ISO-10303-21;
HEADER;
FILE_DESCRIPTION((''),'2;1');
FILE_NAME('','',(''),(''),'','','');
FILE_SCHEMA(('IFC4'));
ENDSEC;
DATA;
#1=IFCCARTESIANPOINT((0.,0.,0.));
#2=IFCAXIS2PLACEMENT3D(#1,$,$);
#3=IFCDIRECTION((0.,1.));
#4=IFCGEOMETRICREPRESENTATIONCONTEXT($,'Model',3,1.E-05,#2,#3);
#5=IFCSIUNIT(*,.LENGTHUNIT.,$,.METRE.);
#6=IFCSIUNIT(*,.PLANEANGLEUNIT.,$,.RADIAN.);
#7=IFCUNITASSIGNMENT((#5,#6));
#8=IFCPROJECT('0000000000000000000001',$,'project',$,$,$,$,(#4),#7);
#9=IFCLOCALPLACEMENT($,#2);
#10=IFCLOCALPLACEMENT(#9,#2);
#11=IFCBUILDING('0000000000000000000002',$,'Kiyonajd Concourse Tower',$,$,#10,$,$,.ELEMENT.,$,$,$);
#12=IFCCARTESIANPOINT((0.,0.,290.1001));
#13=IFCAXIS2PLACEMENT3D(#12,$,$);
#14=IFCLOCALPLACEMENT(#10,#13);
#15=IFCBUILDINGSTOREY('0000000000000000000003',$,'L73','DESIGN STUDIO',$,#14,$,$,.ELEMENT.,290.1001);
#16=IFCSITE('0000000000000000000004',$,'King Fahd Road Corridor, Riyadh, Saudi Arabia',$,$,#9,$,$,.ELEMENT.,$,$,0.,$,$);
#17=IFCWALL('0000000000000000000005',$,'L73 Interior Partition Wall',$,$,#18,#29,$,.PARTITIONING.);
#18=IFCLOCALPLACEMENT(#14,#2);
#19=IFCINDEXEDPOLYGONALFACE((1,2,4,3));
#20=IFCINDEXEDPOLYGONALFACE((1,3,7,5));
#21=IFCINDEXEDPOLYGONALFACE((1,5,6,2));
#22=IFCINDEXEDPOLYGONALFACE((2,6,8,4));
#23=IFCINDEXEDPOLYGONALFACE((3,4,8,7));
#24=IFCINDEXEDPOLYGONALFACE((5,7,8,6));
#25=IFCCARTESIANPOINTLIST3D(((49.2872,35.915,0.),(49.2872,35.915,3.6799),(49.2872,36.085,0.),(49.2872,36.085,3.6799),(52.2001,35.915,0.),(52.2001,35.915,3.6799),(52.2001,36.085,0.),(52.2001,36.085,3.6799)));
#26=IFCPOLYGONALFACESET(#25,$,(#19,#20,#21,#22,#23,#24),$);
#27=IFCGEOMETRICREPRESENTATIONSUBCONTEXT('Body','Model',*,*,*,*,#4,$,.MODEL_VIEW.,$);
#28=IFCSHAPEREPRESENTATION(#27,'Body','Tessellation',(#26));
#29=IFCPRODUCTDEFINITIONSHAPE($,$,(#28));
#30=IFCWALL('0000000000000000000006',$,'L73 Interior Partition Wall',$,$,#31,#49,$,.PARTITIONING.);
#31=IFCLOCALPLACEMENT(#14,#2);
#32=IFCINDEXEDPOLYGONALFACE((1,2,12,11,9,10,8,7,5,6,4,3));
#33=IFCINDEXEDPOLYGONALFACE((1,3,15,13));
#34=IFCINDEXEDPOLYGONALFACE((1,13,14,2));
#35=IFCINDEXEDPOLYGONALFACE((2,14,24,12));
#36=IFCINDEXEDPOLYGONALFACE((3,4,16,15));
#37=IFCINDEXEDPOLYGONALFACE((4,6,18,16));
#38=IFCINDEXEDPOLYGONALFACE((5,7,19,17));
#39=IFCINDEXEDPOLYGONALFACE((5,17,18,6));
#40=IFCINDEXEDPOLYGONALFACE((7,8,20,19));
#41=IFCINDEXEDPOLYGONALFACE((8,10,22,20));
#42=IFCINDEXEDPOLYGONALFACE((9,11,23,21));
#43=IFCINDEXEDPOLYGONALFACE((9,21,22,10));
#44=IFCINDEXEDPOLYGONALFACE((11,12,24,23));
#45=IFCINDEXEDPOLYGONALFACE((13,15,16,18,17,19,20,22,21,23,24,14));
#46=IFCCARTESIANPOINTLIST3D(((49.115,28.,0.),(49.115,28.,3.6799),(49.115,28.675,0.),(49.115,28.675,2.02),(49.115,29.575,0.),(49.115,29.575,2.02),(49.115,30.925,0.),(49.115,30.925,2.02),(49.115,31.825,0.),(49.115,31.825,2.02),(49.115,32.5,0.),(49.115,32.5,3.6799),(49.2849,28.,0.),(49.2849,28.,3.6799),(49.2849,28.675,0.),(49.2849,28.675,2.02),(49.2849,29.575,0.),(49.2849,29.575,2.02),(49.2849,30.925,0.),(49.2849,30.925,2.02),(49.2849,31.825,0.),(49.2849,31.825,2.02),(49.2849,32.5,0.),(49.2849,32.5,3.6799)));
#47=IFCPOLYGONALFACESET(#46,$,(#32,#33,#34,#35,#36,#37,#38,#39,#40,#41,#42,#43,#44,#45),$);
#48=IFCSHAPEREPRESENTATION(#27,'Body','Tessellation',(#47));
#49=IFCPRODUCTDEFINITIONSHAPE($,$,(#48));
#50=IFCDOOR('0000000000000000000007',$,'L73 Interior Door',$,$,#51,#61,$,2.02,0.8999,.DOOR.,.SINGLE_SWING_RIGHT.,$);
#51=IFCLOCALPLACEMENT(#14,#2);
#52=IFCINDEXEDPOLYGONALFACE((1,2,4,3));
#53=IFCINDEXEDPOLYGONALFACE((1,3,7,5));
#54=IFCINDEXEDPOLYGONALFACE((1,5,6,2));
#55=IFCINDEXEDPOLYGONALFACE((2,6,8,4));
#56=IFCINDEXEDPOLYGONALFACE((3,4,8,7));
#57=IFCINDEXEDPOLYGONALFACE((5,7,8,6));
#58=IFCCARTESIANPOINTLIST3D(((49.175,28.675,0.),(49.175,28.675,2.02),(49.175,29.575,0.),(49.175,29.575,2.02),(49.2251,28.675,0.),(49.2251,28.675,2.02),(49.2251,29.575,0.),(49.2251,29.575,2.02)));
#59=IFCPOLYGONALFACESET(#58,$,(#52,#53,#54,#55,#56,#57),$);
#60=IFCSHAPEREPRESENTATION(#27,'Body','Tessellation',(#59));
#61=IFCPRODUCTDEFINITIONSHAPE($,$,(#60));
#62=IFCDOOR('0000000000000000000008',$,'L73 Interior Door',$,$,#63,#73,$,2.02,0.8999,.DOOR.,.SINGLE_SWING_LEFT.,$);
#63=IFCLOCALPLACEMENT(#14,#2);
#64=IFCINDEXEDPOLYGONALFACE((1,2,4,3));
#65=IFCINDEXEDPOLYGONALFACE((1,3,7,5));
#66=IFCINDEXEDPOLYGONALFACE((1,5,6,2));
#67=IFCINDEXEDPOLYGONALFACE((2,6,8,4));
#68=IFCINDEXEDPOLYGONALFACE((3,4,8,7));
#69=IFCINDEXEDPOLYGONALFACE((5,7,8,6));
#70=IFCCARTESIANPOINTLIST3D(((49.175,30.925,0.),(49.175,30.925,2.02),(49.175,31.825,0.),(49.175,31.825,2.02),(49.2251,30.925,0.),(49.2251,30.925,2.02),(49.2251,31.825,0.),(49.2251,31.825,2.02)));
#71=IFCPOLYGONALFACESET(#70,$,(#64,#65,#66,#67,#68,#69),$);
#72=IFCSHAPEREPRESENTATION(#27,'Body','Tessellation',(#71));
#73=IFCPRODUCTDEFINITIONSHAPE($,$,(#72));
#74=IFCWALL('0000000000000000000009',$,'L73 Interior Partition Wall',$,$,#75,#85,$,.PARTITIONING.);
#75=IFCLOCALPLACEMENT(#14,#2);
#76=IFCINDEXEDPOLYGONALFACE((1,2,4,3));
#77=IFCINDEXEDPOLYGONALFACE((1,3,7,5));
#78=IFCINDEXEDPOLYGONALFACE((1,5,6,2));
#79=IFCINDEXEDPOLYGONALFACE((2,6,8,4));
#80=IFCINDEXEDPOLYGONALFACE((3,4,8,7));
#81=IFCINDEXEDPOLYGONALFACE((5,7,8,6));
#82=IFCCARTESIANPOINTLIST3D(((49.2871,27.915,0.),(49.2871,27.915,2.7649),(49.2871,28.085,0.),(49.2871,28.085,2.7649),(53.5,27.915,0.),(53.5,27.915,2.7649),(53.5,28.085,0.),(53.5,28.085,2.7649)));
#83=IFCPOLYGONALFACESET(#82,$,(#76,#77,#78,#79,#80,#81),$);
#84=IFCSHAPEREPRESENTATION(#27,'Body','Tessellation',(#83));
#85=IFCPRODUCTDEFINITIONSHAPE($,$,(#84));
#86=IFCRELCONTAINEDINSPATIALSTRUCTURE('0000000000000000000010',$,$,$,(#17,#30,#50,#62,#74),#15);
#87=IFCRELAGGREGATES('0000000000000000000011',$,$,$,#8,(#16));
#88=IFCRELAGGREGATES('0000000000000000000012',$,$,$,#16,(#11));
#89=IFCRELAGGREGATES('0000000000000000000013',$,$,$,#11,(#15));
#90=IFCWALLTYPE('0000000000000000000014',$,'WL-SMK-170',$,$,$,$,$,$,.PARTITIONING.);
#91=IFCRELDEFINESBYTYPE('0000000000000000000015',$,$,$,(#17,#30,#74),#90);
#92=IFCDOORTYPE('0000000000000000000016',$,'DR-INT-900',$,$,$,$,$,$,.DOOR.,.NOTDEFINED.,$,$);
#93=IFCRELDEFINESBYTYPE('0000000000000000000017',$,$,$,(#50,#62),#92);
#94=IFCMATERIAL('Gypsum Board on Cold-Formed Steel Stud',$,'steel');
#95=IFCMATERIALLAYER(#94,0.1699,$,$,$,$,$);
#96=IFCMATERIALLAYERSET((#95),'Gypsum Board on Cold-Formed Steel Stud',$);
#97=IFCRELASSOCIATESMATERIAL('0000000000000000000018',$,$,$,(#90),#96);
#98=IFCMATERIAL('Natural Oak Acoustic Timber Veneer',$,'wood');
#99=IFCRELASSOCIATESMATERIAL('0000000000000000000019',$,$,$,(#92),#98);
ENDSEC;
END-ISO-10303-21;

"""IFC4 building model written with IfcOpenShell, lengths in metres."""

from ifc_helpers import new_model, si_unit, direction, frame, frame_2d, origin, place, context, subcontext, project, spatial, rectangle, extrude, material, layer, layer_set, type_object, element, fill, save


model = new_model("IFC4")

# Units and contexts
model_context = context("Model", 3, precision=1e-05, world=origin(), true_north=direction((0.0, 1.0)))
body_context = subcontext(model_context, "Body", "Model", "MODEL_VIEW")
ifc_project = project(units=[si_unit("LENGTHUNIT", "METRE"), si_unit("PLANEANGLEUNIT", "RADIAN")], contexts=[model_context])

# Site, building, storey
site_placement = place(None, origin())
site = spatial("IfcSite", under=ifc_project, at=site_placement, Name="King Fahd Road Corridor, Riyadh, Saudi Arabia", CompositionType="ELEMENT", RefElevation=0.0)
building_placement = place(site_placement, origin())
building = spatial("IfcBuilding", under=site, at=building_placement, Name="Kiyonajd Concourse Tower", CompositionType="ELEMENT")
storey_placement = place(building_placement, frame((0.0, 0.0, 290.1001)))
storey = spatial("IfcBuildingStorey", under=building, at=storey_placement, Name="L73", Description="DESIGN STUDIO", CompositionType="ELEMENT", Elevation=290.1001)

# Shared definitions
ifc_material_1 = material(Name="Gypsum Board on Cold-Formed Steel Stud", Category="steel")

# Shared definitions
ifc_layer_1 = layer(ifc_material_1, 0.1699)
ifc_layer_set_1 = layer_set([ifc_layer_1], Name="Gypsum Board on Cold-Formed Steel Stud")
wall_type_1 = type_object("IfcWallType", Name="WL-SMK-170", PredefinedType="PARTITIONING", material=ifc_layer_set_1)
ifc_material_2 = material(Name="Natural Oak Acoustic Timber Veneer", Category="wood")
door_type_1 = type_object("IfcDoorType", Name="DR-INT-900", OperationType="NOTDEFINED", PredefinedType="DOOR", material=ifc_material_2)

# Wall
for number, where, z_axis, x_axis, name in (
    (1, (49.2871, 36.0, 0.0), (0.0, 0.0, 1.0), (1.0, 0.0, 0.0), "L73 Interior Partition Wall"),
):
    element("IfcWall", number, at=place(storey_placement, frame(where, z_axis=z_axis, x_axis=x_axis)), inside=storey, type_object=wall_type_1, Name=name, PredefinedType="PARTITIONING", context=body_context, shape_type="SweptSolid", body=[
        extrude(rectangle(XDim=2.9128, YDim=0.1699, at=frame_2d((1.4565, 0.0))), origin(), (0.0, 0.0, 1.0), 3.6799),
    ])

# Wall, openings, doors
wall_1_placement = place(storey_placement, frame((49.2, 28.0, 0.0), z_axis=(0.0, 0.0, 1.0), x_axis=(0.0, 1.0, 0.0)))
wall_1 = element("IfcWall", 2, at=wall_1_placement, inside=storey, type_object=wall_type_1, Name="L73 Interior Partition Wall", PredefinedType="PARTITIONING", context=body_context, shape_type="SweptSolid", body=[
    extrude(rectangle(XDim=4.5, YDim=0.1699, at=frame_2d((2.25, 0.0))), origin(), (0.0, 0.0, 1.0), 3.6799),
])
opening_1_placement = place(wall_1_placement, frame((0.675, 0.0, 0.0)))
opening_1 = element("IfcOpeningElement", 3, at=opening_1_placement, cuts=wall_1, PredefinedType="OPENING", context=body_context, shape_type="SweptSolid", body=[
    extrude(rectangle(XDim=0.8999, YDim=2.02, at=frame_2d((0.45, 1.01))), frame((0.0, 0.095, 0.0), z_axis=(0.0, -1.0, 0.0), x_axis=(1.0, 0.0, 0.0)), (0.0, 0.0, 1.0), 0.1899),
])
opening_2_placement = place(wall_1_placement, frame((2.925, 0.0, 0.0)))
opening_2 = element("IfcOpeningElement", 4, at=opening_2_placement, cuts=wall_1, PredefinedType="OPENING", context=body_context, shape_type="SweptSolid", body=[
    extrude(rectangle(XDim=0.8999, YDim=2.02, at=frame_2d((0.45, 1.01))), frame((0.0, 0.095, 0.0), z_axis=(0.0, -1.0, 0.0), x_axis=(1.0, 0.0, 0.0)), (0.0, 0.0, 1.0), 0.1899),
])
door_1_placement = place(opening_1_placement, origin())
door_1 = element("IfcDoor", 5, at=door_1_placement, inside=storey, type_object=door_type_1, Name="L73 Interior Door", OperationType="SINGLE_SWING_RIGHT", OverallHeight=2.02, OverallWidth=0.8999, PredefinedType="DOOR", context=body_context, shape_type="SweptSolid", body=[
    extrude(rectangle(XDim=0.8999, YDim=2.02, at=frame_2d((0.45, 1.01))), frame((0.0, 0.0249, 0.0), z_axis=(0.0, -1.0, 0.0), x_axis=(1.0, 0.0, 0.0)), (0.0, 0.0, 1.0), 0.05),
])
fill(opening_1, door_1)
door_2_placement = place(opening_2_placement, origin())
door_2 = element("IfcDoor", 6, at=door_2_placement, inside=storey, type_object=door_type_1, Name="L73 Interior Door", OperationType="SINGLE_SWING_LEFT", OverallHeight=2.02, OverallWidth=0.8999, PredefinedType="DOOR", context=body_context, shape_type="SweptSolid", body=[
    extrude(rectangle(XDim=0.8999, YDim=2.02, at=frame_2d((0.45, 1.01))), frame((0.0, 0.0249, 0.0), z_axis=(0.0, -1.0, 0.0), x_axis=(1.0, 0.0, 0.0)), (0.0, 0.0, 1.0), 0.05),
])
fill(opening_2, door_2)

# Wall
wall_2_placement = place(storey_placement, frame((49.2871, 28.0, 0.0), z_axis=(0.0, 0.0, 1.0), x_axis=(1.0, 0.0, 0.0)))
element("IfcWall", 7, at=wall_2_placement, inside=storey, type_object=wall_type_1, Name="L73 Interior Partition Wall", PredefinedType="PARTITIONING", context=body_context, shape_type="SweptSolid", body=[
    extrude(rectangle(XDim=4.2129, YDim=0.1699, at=frame_2d((2.1064, 0.0))), origin(), (0.0, 0.0, 1.0), 2.7649),
])

save(model, "model.ifc")
